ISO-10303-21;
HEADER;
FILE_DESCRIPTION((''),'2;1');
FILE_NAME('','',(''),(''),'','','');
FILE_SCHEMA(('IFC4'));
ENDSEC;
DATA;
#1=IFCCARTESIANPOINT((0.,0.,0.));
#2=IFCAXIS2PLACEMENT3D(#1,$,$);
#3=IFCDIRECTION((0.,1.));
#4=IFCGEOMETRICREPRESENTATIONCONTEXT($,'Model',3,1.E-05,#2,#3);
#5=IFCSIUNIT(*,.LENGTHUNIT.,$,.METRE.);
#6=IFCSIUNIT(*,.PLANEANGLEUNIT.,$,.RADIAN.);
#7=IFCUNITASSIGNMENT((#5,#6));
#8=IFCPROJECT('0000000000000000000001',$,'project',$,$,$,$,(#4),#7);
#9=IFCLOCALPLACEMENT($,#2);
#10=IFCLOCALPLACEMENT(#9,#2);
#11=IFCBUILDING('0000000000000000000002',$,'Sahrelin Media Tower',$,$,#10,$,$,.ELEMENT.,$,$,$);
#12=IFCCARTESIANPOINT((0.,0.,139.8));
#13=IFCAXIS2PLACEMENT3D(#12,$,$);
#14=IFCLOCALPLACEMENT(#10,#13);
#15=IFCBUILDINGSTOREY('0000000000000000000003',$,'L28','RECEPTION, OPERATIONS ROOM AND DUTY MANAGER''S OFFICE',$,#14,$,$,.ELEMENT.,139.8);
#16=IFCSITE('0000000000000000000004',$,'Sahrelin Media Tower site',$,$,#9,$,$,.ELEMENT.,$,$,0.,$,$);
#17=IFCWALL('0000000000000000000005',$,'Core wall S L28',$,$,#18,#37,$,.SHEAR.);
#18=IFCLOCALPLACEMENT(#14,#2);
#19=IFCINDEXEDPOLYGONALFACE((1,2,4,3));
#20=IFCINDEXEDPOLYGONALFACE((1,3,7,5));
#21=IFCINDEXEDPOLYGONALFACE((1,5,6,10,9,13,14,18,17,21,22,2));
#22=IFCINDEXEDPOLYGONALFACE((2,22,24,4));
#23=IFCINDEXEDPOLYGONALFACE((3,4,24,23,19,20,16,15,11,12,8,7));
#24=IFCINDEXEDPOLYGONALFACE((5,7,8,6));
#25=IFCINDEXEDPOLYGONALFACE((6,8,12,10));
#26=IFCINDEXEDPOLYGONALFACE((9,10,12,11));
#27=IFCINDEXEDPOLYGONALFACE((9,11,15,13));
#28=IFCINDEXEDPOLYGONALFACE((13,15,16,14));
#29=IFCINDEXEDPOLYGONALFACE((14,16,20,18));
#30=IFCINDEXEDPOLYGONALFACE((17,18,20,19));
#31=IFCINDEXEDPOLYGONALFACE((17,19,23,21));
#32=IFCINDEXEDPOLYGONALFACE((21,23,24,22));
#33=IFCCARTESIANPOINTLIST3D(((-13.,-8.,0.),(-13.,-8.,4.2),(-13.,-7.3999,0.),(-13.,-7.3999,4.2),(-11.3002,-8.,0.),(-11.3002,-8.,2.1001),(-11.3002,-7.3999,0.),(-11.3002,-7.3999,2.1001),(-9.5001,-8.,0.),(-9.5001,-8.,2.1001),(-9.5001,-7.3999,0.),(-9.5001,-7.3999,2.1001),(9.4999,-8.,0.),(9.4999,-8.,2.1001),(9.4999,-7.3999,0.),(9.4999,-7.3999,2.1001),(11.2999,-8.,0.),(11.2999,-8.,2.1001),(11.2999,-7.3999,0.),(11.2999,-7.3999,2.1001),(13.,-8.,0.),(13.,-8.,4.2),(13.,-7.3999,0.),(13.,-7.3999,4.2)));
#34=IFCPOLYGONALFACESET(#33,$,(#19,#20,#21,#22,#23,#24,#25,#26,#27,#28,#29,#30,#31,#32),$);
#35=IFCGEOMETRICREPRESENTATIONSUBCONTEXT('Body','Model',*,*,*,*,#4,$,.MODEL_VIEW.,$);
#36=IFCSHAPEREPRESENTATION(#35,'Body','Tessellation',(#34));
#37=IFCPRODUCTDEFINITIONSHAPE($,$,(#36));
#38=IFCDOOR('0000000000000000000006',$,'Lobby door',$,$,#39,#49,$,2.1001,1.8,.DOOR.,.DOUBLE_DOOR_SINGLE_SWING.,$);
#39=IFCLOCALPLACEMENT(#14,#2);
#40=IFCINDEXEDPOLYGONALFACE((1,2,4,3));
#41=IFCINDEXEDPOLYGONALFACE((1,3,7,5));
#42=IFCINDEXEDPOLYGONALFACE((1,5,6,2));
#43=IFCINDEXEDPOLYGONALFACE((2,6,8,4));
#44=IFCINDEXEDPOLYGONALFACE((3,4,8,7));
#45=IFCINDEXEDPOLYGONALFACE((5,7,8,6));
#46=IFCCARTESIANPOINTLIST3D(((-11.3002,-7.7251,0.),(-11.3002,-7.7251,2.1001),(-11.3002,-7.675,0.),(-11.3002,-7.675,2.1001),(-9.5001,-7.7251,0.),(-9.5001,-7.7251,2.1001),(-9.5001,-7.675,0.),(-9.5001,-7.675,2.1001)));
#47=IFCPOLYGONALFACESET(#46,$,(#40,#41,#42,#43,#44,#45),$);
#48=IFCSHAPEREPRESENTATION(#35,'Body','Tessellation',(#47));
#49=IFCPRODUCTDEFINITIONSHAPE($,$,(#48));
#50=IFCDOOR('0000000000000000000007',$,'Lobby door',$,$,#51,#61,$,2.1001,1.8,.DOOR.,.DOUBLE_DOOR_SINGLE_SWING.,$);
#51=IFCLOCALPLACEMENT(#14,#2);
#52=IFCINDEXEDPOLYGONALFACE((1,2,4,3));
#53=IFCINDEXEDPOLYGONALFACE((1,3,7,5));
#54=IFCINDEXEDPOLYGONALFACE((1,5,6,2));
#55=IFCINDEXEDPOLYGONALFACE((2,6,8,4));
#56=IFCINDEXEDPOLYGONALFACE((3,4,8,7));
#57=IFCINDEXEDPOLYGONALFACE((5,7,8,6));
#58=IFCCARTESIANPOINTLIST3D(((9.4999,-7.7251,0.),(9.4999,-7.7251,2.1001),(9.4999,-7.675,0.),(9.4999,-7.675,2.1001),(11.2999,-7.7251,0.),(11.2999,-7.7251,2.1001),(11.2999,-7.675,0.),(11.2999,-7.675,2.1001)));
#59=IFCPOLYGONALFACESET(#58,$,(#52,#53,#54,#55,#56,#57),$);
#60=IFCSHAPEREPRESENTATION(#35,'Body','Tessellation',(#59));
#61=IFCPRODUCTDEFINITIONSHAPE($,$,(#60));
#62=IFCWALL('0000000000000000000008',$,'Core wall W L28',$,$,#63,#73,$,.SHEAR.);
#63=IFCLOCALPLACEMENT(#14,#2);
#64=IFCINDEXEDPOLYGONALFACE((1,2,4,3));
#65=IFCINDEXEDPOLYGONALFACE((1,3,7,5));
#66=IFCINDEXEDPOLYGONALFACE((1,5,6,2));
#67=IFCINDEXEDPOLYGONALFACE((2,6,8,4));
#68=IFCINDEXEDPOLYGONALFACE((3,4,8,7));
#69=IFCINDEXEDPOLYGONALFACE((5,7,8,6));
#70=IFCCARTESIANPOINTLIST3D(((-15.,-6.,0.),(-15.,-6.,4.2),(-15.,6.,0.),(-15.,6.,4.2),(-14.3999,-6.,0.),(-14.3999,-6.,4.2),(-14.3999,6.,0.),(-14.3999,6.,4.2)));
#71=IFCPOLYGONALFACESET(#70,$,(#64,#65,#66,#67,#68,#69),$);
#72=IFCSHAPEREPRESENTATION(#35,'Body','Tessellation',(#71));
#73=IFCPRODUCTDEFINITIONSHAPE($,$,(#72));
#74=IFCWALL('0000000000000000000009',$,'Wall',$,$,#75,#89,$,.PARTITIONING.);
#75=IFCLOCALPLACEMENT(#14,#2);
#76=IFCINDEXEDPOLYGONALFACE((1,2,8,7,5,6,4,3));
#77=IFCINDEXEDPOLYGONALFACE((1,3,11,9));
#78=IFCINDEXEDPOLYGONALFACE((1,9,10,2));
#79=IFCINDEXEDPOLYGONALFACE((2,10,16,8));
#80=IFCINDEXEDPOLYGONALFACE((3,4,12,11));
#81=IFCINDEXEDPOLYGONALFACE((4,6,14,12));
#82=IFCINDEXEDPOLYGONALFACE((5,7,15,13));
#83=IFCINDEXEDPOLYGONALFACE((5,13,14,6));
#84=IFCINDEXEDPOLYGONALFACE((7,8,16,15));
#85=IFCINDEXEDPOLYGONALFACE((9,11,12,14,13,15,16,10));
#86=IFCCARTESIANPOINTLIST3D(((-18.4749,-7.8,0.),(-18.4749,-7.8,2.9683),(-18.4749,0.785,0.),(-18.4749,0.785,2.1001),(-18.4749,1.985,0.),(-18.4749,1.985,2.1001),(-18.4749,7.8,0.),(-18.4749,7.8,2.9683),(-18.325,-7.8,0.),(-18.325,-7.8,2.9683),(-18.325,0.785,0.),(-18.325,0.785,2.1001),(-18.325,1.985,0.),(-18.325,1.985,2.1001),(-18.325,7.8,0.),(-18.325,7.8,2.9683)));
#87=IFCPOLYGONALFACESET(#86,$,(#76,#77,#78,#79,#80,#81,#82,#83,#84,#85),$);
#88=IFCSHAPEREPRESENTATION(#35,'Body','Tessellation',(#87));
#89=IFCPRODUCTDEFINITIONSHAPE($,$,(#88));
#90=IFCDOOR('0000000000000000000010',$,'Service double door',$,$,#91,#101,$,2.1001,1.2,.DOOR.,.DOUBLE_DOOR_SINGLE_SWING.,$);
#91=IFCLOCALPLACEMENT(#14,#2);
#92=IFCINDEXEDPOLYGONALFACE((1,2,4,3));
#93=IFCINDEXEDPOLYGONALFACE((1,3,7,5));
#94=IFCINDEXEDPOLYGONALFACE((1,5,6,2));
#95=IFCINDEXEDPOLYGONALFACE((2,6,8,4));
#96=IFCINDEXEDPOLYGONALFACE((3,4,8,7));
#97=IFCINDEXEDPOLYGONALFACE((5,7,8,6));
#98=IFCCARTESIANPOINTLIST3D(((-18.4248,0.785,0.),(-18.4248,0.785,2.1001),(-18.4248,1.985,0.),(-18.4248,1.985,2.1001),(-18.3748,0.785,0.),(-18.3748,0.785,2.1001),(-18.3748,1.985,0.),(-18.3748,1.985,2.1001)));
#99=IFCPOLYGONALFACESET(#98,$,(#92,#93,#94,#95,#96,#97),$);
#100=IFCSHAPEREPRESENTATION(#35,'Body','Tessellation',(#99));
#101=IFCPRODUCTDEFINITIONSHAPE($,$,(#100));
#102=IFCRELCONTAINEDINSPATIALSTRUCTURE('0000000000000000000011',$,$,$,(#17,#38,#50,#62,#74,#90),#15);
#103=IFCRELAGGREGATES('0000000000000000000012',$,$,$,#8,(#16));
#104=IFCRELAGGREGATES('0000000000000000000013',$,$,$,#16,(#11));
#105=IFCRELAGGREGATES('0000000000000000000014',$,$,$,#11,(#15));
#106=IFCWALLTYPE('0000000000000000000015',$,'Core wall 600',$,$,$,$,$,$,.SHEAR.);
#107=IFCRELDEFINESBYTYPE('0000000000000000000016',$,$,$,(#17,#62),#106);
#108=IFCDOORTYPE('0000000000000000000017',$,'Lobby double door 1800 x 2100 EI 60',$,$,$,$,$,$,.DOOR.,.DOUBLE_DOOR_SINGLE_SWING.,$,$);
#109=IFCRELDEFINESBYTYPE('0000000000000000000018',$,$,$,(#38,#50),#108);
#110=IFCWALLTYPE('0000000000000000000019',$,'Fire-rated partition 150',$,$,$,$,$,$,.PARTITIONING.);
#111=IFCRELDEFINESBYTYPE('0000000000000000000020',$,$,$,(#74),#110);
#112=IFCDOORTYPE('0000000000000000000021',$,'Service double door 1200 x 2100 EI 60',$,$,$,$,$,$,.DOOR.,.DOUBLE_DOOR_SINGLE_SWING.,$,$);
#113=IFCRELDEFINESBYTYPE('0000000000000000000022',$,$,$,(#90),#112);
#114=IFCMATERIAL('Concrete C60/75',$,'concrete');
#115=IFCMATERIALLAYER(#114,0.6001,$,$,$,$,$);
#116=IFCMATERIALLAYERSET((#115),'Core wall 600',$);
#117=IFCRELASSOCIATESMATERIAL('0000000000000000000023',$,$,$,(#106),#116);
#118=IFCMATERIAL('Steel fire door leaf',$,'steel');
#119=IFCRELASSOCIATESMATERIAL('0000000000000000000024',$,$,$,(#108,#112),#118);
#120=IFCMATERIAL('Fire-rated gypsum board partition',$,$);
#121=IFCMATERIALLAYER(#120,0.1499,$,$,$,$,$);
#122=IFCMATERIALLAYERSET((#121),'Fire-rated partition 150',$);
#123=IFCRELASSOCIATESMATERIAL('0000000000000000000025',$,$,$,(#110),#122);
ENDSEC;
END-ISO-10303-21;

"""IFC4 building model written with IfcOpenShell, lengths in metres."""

from ifc_helpers import new_model, si_unit, direction, frame, frame_2d, origin, place, context, subcontext, project, spatial, rectangle, extrude, material, layer, layer_set, type_object, element, fill, save


model = new_model("IFC4")

# Units and contexts
model_context = context("Model", 3, precision=1e-05, world=origin(), true_north=direction((0.0, 1.0)))
body_context = subcontext(model_context, "Body", "Model", "MODEL_VIEW")
ifc_project = project(units=[si_unit("LENGTHUNIT", "METRE"), si_unit("PLANEANGLEUNIT", "RADIAN")], contexts=[model_context])

# Site, building, storey
site_placement = place(None, origin())
site = spatial("IfcSite", under=ifc_project, at=site_placement, Name="Sahrelin Media Tower site", CompositionType="ELEMENT", RefElevation=0.0)
building_placement = place(site_placement, origin())
building = spatial("IfcBuilding", under=site, at=building_placement, Name="Sahrelin Media Tower", CompositionType="ELEMENT")
storey_placement = place(building_placement, frame((0.0, 0.0, 139.8)))
storey = spatial("IfcBuildingStorey", under=building, at=storey_placement, Name="L28", Description="RECEPTION, OPERATIONS ROOM AND DUTY MANAGER'S OFFICE", CompositionType="ELEMENT", Elevation=139.8)

# Wall, openings, doors
ifc_material_1 = material(Name="Concrete C60/75", Category="concrete")
ifc_layer_1 = layer(ifc_material_1, 0.6001)
ifc_layer_set_1 = layer_set([ifc_layer_1], Name="Core wall 600")
wall_type_1 = type_object("IfcWallType", Name="Core wall 600", PredefinedType="SHEAR", material=ifc_layer_set_1)
wall_1_placement = place(storey_placement, frame((-13.0, -7.7, 0.0), z_axis=(0.0, 0.0, 1.0), x_axis=(1.0, 0.0, 0.0)))
wall_1 = element("IfcWall", 1, at=wall_1_placement, inside=storey, type_object=wall_type_1, Name="Core wall S L28", PredefinedType="SHEAR", context=body_context, shape_type="SweptSolid", body=[
    extrude(rectangle(XDim=26.0, YDim=0.6001, at=frame_2d((13.0, 0.0))), origin(), (0.0, 0.0, 1.0), 4.2),
])
opening_1_placement = place(wall_1_placement, frame((1.7, 0.0, 0.0)))
opening_1 = element("IfcOpeningElement", 2, at=opening_1_placement, cuts=wall_1, PredefinedType="OPENING", context=body_context, shape_type="SweptSolid", body=[
    extrude(rectangle(XDim=1.8, YDim=2.1001, at=frame_2d((0.8999, 1.05))), frame((0.0, 0.3, 0.0), z_axis=(0.0, -1.0, 0.0), x_axis=(1.0, 0.0, 0.0)), (0.0, 0.0, 1.0), 0.6001),
])
opening_2_placement = place(wall_1_placement, frame((22.5, 0.0, 0.0)))
opening_2 = element("IfcOpeningElement", 3, at=opening_2_placement, cuts=wall_1, PredefinedType="OPENING", context=body_context, shape_type="SweptSolid", body=[
    extrude(rectangle(XDim=1.8, YDim=2.1001, at=frame_2d((0.8999, 1.05))), frame((0.0, 0.3, 0.0), z_axis=(0.0, -1.0, 0.0), x_axis=(1.0, 0.0, 0.0)), (0.0, 0.0, 1.0), 0.6001),
])
ifc_material_2 = material(Name="Steel fire door leaf", Category="steel")
door_type_1 = type_object("IfcDoorType", Name="Lobby double door 1800 x 2100 EI 60", OperationType="DOUBLE_DOOR_SINGLE_SWING", PredefinedType="DOOR", material=ifc_material_2)
door_1_placement = place(opening_1_placement, origin())
door_1 = element("IfcDoor", 4, at=door_1_placement, inside=storey, type_object=door_type_1, Name="Lobby door", OperationType="DOUBLE_DOOR_SINGLE_SWING", OverallHeight=2.1001, OverallWidth=1.8, PredefinedType="DOOR", context=body_context, shape_type="SweptSolid", body=[
    extrude(rectangle(XDim=1.8, YDim=2.1001, at=frame_2d((0.8999, 1.05))), frame((0.0, 0.0249, 0.0), z_axis=(0.0, -1.0, 0.0), x_axis=(1.0, 0.0, 0.0)), (0.0, 0.0, 1.0), 0.05),
])
fill(opening_1, door_1)
door_2_placement = place(opening_2_placement, origin())
door_2 = element("IfcDoor", 5, at=door_2_placement, inside=storey, type_object=door_type_1, Name="Lobby door", OperationType="DOUBLE_DOOR_SINGLE_SWING", OverallHeight=2.1001, OverallWidth=1.8, PredefinedType="DOOR", context=body_context, shape_type="SweptSolid", body=[
    extrude(rectangle(XDim=1.8, YDim=2.1001, at=frame_2d((0.8999, 1.05))), frame((0.0, 0.0249, 0.0), z_axis=(0.0, -1.0, 0.0), x_axis=(1.0, 0.0, 0.0)), (0.0, 0.0, 1.0), 0.05),
])
fill(opening_2, door_2)

# Wall
wall_2_placement = place(storey_placement, frame((-14.7, -6.0, 0.0), z_axis=(0.0, 0.0, 1.0), x_axis=(0.0, 1.0, 0.0)))
element("IfcWall", 6, at=wall_2_placement, inside=storey, type_object=wall_type_1, Name="Core wall W L28", PredefinedType="SHEAR", context=body_context, shape_type="SweptSolid", body=[
    extrude(rectangle(XDim=12.0, YDim=0.6001, at=frame_2d((6.0, 0.0))), origin(), (0.0, 0.0, 1.0), 4.2),
])

# Wall, opening, door
ifc_material_3 = material(Name="Fire-rated gypsum board partition")
ifc_layer_2 = layer(ifc_material_3, 0.1499)
ifc_layer_set_2 = layer_set([ifc_layer_2], Name="Fire-rated partition 150")
wall_type_2 = type_object("IfcWallType", Name="Fire-rated partition 150", PredefinedType="PARTITIONING", material=ifc_layer_set_2)
wall_3_placement = place(storey_placement, frame((-18.3999, -7.8, 0.0), z_axis=(0.0, 0.0, 1.0), x_axis=(0.0, 1.0, 0.0)))
wall_3 = element("IfcWall", 7, at=wall_3_placement, inside=storey, type_object=wall_type_2, Name="Wall", PredefinedType="PARTITIONING", context=body_context, shape_type="SweptSolid", body=[
    extrude(rectangle(XDim=15.6001, YDim=0.1499, at=frame_2d((7.8, 0.0))), origin(), (0.0, 0.0, 1.0), 2.9683),
])
opening_3_placement = place(wall_3_placement, frame((8.585, 0.0, 0.0)))
opening_3 = element("IfcOpeningElement", 8, at=opening_3_placement, cuts=wall_3, PredefinedType="OPENING", context=body_context, shape_type="SweptSolid", body=[
    extrude(rectangle(XDim=1.2, YDim=2.1001, at=frame_2d((0.6001, 1.05))), frame((0.0, 0.075, 0.0), z_axis=(0.0, -1.0, 0.0), x_axis=(1.0, 0.0, 0.0)), (0.0, 0.0, 1.0), 0.1499),
])
door_type_2 = type_object("IfcDoorType", Name="Service double door 1200 x 2100 EI 60", OperationType="DOUBLE_DOOR_SINGLE_SWING", PredefinedType="DOOR", material=ifc_material_2)
door_3_placement = place(opening_3_placement, origin())
door_3 = element("IfcDoor", 9, at=door_3_placement, inside=storey, type_object=door_type_2, Name="Service double door", OperationType="DOUBLE_DOOR_SINGLE_SWING", OverallHeight=2.1001, OverallWidth=1.2, PredefinedType="DOOR", context=body_context, shape_type="SweptSolid", body=[
    extrude(rectangle(XDim=1.2, YDim=2.1001, at=frame_2d((0.6001, 1.05))), frame((0.0, 0.0249, 0.0), z_axis=(0.0, -1.0, 0.0), x_axis=(1.0, 0.0, 0.0)), (0.0, 0.0, 1.0), 0.05),
])
fill(opening_3, door_3)

save(model, "model.ifc")
